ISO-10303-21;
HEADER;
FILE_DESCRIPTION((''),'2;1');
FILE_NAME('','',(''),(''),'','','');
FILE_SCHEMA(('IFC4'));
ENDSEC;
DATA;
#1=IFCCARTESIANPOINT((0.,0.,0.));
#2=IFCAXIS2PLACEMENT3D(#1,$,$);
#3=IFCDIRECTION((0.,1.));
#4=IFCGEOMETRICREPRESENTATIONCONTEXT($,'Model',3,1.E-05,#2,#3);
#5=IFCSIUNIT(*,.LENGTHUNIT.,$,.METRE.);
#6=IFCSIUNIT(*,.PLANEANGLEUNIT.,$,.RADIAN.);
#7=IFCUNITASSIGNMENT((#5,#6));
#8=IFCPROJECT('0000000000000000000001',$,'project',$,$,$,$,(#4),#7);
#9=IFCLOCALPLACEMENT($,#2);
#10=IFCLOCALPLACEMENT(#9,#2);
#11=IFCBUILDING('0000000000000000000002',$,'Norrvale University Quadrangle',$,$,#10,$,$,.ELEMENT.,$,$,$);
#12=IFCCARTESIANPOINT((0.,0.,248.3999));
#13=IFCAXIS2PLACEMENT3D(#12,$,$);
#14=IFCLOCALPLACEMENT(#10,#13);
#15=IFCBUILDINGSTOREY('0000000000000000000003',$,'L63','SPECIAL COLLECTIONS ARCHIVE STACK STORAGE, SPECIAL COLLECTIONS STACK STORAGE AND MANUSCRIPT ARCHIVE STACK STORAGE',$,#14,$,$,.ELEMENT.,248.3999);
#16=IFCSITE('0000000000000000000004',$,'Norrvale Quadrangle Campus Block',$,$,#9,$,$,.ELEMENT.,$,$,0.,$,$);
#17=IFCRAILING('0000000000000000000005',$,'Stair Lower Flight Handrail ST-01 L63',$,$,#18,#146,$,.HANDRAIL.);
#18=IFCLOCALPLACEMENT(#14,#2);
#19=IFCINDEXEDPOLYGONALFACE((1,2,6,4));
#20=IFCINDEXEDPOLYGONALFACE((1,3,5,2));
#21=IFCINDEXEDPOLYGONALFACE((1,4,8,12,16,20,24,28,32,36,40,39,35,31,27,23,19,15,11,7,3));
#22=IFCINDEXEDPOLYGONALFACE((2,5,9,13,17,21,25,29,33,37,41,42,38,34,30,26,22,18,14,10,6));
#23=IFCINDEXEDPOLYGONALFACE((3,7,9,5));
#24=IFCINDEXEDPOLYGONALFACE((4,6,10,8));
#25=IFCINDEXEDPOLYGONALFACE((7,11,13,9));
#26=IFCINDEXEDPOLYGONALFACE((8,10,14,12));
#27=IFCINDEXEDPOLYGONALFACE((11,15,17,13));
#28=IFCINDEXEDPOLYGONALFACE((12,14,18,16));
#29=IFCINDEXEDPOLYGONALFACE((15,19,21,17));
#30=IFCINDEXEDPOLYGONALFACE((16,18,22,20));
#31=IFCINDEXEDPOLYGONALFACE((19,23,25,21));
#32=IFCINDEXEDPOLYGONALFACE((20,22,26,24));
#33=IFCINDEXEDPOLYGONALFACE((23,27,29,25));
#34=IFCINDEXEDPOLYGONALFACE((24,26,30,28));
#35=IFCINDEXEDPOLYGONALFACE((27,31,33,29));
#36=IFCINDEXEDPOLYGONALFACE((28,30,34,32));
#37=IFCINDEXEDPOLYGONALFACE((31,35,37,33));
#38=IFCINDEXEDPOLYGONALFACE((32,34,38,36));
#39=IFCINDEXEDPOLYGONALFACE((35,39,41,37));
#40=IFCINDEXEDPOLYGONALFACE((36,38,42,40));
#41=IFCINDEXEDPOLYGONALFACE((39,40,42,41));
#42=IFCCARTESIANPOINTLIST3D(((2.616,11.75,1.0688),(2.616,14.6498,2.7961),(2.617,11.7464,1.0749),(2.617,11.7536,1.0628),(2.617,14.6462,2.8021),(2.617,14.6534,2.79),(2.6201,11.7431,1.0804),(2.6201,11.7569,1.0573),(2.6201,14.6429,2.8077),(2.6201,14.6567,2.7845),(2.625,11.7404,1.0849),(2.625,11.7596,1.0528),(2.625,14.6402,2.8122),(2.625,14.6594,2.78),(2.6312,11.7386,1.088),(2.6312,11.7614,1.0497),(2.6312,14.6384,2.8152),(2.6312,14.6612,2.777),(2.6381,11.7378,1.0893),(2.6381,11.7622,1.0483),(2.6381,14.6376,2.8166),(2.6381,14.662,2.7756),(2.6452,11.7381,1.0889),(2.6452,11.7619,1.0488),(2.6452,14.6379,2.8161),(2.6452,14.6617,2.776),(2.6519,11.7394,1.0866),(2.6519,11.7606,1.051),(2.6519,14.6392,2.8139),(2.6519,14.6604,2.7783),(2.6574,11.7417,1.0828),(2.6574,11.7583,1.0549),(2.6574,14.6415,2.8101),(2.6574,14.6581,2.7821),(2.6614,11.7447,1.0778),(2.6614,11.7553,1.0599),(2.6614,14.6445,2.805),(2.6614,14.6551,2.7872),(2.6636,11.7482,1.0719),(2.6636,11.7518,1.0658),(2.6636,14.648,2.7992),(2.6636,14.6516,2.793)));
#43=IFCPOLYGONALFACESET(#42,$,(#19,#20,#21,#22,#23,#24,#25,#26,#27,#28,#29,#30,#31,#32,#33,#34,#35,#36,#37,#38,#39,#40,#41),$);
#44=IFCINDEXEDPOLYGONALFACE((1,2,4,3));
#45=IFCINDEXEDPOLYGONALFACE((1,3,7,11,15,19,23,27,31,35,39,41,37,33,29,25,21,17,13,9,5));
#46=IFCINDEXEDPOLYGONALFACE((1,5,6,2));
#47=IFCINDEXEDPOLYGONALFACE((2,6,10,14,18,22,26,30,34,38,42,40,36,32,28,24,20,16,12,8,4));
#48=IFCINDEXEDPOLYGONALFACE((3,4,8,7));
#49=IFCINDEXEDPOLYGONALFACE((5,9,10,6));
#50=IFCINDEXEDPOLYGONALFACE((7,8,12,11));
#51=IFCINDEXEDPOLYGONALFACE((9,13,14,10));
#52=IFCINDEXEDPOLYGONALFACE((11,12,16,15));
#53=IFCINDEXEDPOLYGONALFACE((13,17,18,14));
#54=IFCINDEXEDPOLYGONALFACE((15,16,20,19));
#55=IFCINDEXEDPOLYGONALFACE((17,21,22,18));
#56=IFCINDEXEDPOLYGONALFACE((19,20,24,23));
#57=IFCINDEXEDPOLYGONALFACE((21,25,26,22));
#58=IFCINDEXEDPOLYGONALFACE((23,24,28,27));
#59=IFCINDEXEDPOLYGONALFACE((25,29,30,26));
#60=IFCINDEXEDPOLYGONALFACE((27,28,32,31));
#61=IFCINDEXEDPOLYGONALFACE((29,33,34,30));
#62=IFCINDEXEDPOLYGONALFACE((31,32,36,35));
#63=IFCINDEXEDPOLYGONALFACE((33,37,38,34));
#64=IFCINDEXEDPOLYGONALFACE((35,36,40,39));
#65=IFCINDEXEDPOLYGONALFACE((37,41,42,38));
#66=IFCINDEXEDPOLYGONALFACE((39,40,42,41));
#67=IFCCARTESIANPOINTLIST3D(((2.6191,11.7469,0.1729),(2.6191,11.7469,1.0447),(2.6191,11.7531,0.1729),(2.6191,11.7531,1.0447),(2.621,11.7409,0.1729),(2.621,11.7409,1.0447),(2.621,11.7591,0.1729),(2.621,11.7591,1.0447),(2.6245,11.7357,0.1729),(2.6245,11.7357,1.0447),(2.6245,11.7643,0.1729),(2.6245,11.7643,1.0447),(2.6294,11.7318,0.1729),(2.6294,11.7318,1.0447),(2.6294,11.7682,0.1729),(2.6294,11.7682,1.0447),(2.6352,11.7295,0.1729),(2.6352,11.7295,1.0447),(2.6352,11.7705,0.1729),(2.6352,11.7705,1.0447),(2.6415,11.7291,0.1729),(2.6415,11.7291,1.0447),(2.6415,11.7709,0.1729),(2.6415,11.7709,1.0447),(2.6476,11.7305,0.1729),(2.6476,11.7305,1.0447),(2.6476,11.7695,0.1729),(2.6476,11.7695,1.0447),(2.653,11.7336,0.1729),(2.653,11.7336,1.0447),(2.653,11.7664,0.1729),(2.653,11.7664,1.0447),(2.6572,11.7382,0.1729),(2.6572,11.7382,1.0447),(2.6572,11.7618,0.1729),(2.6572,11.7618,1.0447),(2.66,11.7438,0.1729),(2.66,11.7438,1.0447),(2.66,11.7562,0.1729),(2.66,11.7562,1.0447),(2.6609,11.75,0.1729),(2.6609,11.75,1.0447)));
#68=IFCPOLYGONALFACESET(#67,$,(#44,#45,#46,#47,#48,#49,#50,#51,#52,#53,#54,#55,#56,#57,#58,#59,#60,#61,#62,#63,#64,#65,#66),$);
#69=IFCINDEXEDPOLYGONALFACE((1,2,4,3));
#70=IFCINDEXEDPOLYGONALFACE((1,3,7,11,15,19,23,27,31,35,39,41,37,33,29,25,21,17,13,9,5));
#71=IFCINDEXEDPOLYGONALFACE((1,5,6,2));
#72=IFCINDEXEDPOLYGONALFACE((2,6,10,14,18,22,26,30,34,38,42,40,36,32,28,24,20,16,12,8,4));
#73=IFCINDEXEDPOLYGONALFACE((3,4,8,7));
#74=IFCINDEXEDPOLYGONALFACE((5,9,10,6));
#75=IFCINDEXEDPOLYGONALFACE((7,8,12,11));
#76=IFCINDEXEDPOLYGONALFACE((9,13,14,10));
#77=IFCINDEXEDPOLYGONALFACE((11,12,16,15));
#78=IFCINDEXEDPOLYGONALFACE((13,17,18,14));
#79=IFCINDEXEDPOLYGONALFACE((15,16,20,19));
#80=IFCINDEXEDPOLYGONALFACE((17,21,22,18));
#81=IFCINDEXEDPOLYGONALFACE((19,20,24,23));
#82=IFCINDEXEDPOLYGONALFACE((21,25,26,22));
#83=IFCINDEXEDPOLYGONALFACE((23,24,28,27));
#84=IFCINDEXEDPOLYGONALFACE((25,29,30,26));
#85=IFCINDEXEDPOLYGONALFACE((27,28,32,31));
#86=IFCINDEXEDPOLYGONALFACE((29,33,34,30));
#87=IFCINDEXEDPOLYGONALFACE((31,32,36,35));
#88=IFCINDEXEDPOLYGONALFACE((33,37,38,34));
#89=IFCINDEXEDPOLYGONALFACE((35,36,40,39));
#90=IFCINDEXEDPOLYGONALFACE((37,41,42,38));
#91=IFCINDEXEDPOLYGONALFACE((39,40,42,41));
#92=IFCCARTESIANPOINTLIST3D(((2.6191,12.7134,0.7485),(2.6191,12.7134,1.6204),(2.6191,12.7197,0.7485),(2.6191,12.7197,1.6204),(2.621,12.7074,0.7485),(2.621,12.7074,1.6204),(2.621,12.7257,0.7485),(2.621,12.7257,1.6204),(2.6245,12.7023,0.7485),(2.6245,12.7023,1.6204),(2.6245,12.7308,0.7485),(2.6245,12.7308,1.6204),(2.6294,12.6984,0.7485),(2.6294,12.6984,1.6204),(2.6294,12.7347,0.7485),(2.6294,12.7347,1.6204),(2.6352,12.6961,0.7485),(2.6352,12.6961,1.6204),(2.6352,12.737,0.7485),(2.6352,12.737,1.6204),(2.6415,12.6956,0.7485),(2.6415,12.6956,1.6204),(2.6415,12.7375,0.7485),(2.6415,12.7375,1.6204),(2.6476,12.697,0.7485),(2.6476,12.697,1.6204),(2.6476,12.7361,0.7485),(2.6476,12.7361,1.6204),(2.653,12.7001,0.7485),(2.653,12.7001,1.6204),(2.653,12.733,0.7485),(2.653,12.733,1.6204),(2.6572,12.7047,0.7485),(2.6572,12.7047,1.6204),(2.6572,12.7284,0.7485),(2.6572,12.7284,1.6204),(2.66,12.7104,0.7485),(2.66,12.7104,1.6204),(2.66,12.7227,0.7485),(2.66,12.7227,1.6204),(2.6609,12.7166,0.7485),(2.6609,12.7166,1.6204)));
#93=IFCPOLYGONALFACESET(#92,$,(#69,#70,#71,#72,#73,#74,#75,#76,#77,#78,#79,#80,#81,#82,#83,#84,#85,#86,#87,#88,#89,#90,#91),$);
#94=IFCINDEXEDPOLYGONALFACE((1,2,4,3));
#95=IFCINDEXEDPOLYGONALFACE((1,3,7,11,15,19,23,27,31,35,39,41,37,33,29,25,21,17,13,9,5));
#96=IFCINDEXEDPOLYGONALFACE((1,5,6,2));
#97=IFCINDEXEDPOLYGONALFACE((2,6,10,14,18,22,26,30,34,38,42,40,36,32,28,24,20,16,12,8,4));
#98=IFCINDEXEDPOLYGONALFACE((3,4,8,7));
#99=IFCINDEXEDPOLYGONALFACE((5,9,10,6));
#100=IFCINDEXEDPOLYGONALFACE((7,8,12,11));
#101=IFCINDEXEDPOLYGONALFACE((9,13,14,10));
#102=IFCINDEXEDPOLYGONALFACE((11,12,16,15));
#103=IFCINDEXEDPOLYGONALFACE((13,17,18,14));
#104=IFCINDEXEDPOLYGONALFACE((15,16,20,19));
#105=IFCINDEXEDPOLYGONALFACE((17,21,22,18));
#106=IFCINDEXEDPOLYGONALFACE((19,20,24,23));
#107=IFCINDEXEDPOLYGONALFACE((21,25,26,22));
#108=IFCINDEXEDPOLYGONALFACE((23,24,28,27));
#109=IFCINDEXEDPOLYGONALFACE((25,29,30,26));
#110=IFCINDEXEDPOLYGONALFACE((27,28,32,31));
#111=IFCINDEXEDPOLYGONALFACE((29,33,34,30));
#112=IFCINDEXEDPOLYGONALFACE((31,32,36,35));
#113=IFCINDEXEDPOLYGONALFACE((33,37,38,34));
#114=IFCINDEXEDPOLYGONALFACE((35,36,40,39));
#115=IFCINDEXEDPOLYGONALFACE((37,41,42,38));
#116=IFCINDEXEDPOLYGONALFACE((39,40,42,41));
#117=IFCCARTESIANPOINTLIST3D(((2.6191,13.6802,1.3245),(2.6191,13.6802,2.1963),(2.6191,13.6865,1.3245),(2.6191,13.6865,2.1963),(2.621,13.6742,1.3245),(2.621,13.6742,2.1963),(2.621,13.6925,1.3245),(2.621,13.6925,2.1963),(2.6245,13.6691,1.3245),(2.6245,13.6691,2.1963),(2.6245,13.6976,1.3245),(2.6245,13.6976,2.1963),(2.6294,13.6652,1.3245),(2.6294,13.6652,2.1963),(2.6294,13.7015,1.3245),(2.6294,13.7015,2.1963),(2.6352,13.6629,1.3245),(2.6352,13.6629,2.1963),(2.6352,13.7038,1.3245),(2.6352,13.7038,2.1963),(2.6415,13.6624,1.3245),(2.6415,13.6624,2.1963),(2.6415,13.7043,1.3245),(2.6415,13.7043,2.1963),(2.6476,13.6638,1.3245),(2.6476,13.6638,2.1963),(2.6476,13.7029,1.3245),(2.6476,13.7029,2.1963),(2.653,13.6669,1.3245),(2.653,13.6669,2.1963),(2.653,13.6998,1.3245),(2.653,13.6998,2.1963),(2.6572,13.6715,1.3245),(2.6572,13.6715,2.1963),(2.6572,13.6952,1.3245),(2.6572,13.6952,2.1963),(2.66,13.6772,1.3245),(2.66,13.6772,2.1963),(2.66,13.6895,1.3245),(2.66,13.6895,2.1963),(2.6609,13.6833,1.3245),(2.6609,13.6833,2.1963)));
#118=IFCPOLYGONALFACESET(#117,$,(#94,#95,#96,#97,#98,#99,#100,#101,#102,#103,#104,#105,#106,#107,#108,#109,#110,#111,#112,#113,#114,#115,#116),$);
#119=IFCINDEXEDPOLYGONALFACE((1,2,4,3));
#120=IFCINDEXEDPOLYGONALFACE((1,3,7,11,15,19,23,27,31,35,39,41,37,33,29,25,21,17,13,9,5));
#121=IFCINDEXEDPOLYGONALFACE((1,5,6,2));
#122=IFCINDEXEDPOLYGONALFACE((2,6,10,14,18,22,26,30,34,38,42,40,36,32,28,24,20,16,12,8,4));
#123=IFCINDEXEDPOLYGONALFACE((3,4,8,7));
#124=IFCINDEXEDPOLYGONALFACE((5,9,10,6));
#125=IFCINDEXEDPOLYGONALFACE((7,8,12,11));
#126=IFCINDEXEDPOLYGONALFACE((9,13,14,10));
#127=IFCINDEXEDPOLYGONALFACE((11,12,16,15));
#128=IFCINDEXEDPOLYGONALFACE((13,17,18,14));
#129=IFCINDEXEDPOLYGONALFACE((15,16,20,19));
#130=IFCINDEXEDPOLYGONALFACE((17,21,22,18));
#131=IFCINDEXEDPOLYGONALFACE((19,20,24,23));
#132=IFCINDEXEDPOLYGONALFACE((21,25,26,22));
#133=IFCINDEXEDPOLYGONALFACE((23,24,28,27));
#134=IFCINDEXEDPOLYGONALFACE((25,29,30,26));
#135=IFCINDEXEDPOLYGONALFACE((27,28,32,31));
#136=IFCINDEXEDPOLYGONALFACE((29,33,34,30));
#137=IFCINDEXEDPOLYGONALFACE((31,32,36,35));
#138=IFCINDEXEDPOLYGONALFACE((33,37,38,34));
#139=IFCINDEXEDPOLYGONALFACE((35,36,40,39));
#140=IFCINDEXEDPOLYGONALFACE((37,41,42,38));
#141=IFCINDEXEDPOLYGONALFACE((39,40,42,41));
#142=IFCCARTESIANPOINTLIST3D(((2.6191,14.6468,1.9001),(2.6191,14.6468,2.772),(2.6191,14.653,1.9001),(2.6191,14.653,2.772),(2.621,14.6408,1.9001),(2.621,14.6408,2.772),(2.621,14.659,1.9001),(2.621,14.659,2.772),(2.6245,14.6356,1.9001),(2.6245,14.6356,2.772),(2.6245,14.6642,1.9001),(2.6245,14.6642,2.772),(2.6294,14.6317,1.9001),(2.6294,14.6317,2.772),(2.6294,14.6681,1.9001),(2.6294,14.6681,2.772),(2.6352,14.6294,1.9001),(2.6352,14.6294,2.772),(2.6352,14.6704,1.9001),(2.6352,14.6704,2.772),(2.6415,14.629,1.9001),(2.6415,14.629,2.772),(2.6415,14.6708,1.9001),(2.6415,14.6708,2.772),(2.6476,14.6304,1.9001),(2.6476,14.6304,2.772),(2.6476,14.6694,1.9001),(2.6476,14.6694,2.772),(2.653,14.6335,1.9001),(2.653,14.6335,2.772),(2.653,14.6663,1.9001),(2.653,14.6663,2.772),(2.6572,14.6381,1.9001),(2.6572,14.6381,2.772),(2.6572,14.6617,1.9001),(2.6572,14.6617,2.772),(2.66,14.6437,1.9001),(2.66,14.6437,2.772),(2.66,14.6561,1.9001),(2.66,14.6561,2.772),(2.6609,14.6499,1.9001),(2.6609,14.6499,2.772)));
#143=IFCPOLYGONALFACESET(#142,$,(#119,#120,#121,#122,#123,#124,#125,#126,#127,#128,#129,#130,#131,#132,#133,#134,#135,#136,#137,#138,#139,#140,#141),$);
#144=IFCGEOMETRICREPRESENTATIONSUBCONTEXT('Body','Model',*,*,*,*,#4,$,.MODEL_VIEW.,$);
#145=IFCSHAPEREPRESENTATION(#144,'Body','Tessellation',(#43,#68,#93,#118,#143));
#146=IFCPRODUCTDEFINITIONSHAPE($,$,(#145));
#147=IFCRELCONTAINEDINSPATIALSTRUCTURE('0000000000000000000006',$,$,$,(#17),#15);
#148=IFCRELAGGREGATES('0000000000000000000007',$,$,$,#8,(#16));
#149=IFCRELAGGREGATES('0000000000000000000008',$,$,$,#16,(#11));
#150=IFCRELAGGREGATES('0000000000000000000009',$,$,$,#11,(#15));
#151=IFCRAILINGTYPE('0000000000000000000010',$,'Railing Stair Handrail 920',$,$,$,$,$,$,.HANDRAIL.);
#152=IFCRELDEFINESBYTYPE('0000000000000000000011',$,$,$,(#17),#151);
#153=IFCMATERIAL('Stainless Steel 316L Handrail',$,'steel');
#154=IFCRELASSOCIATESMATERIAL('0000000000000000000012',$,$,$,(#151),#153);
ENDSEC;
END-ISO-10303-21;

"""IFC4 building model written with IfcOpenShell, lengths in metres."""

from ifc_helpers import new_model, si_unit, direction, frame, origin, origin_2d, place, context, subcontext, project, spatial, circle, extrude, material, type_object, element, save


model = new_model("IFC4")

# Units and contexts
model_context = context("Model", 3, precision=1e-05, world=origin(), true_north=direction((0.0, 1.0)))
body_context = subcontext(model_context, "Body", "Model", "MODEL_VIEW")
ifc_project = project(units=[si_unit("LENGTHUNIT", "METRE"), si_unit("PLANEANGLEUNIT", "RADIAN")], contexts=[model_context])

# Site, building, storey
site_placement = place(None, origin())
site = spatial("IfcSite", under=ifc_project, at=site_placement, Name="Norrvale Quadrangle Campus Block", CompositionType="ELEMENT", RefElevation=0.0)
building_placement = place(site_placement, origin())
building = spatial("IfcBuilding", under=site, at=building_placement, Name="Norrvale University Quadrangle", CompositionType="ELEMENT")
storey_placement = place(building_placement, frame((0.0, 0.0, 248.3999)))
storey = spatial("IfcBuildingStorey", under=building, at=storey_placement, Name="L63", Description="SPECIAL COLLECTIONS ARCHIVE STACK STORAGE, SPECIAL COLLECTIONS STACK STORAGE AND MANUSCRIPT ARCHIVE STACK STORAGE", CompositionType="ELEMENT", Elevation=248.3999)

# Railing
ifc_material_1 = material(Name="Stainless Steel 316L Handrail", Category="steel")
railing_type_1 = type_object("IfcRailingType", Name="Railing Stair Handrail 920", PredefinedType="HANDRAIL", material=ifc_material_1)
railing_1_placement = place(storey_placement, frame((2.6399, 11.75, 0.1729)))
element("IfcRailing", 1, at=railing_1_placement, inside=storey, type_object=railing_type_1, Name="Stair Lower Flight Handrail ST-01 L63", PredefinedType="HANDRAIL", context=body_context, shape_type="SweptSolid", body=[
    extrude(circle(Radius=0.0239, at=origin_2d()), frame((0.0, 0.0, 0.896), z_axis=(0.0, 0.859141, 0.511738), x_axis=(-1.0, 0.0, 0.0)), (0.0, 0.0, 1.0), 3.3752),
    extrude(circle(Radius=0.021, at=origin_2d()), origin(), (0.0, 0.0, 1.0), 0.8718),
    extrude(circle(Radius=0.021, at=origin_2d()), frame((0.0, 0.9666, 0.5757)), (0.0, 0.0, 1.0), 0.8718),
    extrude(circle(Radius=0.021, at=origin_2d()), frame((0.0, 1.9333, 1.1516)), (0.0, 0.0, 1.0), 0.8718),
    extrude(circle(Radius=0.021, at=origin_2d()), frame((0.0, 2.8999, 1.7273)), (0.0, 0.0, 1.0), 0.8718),
])

save(model, "model.ifc")
